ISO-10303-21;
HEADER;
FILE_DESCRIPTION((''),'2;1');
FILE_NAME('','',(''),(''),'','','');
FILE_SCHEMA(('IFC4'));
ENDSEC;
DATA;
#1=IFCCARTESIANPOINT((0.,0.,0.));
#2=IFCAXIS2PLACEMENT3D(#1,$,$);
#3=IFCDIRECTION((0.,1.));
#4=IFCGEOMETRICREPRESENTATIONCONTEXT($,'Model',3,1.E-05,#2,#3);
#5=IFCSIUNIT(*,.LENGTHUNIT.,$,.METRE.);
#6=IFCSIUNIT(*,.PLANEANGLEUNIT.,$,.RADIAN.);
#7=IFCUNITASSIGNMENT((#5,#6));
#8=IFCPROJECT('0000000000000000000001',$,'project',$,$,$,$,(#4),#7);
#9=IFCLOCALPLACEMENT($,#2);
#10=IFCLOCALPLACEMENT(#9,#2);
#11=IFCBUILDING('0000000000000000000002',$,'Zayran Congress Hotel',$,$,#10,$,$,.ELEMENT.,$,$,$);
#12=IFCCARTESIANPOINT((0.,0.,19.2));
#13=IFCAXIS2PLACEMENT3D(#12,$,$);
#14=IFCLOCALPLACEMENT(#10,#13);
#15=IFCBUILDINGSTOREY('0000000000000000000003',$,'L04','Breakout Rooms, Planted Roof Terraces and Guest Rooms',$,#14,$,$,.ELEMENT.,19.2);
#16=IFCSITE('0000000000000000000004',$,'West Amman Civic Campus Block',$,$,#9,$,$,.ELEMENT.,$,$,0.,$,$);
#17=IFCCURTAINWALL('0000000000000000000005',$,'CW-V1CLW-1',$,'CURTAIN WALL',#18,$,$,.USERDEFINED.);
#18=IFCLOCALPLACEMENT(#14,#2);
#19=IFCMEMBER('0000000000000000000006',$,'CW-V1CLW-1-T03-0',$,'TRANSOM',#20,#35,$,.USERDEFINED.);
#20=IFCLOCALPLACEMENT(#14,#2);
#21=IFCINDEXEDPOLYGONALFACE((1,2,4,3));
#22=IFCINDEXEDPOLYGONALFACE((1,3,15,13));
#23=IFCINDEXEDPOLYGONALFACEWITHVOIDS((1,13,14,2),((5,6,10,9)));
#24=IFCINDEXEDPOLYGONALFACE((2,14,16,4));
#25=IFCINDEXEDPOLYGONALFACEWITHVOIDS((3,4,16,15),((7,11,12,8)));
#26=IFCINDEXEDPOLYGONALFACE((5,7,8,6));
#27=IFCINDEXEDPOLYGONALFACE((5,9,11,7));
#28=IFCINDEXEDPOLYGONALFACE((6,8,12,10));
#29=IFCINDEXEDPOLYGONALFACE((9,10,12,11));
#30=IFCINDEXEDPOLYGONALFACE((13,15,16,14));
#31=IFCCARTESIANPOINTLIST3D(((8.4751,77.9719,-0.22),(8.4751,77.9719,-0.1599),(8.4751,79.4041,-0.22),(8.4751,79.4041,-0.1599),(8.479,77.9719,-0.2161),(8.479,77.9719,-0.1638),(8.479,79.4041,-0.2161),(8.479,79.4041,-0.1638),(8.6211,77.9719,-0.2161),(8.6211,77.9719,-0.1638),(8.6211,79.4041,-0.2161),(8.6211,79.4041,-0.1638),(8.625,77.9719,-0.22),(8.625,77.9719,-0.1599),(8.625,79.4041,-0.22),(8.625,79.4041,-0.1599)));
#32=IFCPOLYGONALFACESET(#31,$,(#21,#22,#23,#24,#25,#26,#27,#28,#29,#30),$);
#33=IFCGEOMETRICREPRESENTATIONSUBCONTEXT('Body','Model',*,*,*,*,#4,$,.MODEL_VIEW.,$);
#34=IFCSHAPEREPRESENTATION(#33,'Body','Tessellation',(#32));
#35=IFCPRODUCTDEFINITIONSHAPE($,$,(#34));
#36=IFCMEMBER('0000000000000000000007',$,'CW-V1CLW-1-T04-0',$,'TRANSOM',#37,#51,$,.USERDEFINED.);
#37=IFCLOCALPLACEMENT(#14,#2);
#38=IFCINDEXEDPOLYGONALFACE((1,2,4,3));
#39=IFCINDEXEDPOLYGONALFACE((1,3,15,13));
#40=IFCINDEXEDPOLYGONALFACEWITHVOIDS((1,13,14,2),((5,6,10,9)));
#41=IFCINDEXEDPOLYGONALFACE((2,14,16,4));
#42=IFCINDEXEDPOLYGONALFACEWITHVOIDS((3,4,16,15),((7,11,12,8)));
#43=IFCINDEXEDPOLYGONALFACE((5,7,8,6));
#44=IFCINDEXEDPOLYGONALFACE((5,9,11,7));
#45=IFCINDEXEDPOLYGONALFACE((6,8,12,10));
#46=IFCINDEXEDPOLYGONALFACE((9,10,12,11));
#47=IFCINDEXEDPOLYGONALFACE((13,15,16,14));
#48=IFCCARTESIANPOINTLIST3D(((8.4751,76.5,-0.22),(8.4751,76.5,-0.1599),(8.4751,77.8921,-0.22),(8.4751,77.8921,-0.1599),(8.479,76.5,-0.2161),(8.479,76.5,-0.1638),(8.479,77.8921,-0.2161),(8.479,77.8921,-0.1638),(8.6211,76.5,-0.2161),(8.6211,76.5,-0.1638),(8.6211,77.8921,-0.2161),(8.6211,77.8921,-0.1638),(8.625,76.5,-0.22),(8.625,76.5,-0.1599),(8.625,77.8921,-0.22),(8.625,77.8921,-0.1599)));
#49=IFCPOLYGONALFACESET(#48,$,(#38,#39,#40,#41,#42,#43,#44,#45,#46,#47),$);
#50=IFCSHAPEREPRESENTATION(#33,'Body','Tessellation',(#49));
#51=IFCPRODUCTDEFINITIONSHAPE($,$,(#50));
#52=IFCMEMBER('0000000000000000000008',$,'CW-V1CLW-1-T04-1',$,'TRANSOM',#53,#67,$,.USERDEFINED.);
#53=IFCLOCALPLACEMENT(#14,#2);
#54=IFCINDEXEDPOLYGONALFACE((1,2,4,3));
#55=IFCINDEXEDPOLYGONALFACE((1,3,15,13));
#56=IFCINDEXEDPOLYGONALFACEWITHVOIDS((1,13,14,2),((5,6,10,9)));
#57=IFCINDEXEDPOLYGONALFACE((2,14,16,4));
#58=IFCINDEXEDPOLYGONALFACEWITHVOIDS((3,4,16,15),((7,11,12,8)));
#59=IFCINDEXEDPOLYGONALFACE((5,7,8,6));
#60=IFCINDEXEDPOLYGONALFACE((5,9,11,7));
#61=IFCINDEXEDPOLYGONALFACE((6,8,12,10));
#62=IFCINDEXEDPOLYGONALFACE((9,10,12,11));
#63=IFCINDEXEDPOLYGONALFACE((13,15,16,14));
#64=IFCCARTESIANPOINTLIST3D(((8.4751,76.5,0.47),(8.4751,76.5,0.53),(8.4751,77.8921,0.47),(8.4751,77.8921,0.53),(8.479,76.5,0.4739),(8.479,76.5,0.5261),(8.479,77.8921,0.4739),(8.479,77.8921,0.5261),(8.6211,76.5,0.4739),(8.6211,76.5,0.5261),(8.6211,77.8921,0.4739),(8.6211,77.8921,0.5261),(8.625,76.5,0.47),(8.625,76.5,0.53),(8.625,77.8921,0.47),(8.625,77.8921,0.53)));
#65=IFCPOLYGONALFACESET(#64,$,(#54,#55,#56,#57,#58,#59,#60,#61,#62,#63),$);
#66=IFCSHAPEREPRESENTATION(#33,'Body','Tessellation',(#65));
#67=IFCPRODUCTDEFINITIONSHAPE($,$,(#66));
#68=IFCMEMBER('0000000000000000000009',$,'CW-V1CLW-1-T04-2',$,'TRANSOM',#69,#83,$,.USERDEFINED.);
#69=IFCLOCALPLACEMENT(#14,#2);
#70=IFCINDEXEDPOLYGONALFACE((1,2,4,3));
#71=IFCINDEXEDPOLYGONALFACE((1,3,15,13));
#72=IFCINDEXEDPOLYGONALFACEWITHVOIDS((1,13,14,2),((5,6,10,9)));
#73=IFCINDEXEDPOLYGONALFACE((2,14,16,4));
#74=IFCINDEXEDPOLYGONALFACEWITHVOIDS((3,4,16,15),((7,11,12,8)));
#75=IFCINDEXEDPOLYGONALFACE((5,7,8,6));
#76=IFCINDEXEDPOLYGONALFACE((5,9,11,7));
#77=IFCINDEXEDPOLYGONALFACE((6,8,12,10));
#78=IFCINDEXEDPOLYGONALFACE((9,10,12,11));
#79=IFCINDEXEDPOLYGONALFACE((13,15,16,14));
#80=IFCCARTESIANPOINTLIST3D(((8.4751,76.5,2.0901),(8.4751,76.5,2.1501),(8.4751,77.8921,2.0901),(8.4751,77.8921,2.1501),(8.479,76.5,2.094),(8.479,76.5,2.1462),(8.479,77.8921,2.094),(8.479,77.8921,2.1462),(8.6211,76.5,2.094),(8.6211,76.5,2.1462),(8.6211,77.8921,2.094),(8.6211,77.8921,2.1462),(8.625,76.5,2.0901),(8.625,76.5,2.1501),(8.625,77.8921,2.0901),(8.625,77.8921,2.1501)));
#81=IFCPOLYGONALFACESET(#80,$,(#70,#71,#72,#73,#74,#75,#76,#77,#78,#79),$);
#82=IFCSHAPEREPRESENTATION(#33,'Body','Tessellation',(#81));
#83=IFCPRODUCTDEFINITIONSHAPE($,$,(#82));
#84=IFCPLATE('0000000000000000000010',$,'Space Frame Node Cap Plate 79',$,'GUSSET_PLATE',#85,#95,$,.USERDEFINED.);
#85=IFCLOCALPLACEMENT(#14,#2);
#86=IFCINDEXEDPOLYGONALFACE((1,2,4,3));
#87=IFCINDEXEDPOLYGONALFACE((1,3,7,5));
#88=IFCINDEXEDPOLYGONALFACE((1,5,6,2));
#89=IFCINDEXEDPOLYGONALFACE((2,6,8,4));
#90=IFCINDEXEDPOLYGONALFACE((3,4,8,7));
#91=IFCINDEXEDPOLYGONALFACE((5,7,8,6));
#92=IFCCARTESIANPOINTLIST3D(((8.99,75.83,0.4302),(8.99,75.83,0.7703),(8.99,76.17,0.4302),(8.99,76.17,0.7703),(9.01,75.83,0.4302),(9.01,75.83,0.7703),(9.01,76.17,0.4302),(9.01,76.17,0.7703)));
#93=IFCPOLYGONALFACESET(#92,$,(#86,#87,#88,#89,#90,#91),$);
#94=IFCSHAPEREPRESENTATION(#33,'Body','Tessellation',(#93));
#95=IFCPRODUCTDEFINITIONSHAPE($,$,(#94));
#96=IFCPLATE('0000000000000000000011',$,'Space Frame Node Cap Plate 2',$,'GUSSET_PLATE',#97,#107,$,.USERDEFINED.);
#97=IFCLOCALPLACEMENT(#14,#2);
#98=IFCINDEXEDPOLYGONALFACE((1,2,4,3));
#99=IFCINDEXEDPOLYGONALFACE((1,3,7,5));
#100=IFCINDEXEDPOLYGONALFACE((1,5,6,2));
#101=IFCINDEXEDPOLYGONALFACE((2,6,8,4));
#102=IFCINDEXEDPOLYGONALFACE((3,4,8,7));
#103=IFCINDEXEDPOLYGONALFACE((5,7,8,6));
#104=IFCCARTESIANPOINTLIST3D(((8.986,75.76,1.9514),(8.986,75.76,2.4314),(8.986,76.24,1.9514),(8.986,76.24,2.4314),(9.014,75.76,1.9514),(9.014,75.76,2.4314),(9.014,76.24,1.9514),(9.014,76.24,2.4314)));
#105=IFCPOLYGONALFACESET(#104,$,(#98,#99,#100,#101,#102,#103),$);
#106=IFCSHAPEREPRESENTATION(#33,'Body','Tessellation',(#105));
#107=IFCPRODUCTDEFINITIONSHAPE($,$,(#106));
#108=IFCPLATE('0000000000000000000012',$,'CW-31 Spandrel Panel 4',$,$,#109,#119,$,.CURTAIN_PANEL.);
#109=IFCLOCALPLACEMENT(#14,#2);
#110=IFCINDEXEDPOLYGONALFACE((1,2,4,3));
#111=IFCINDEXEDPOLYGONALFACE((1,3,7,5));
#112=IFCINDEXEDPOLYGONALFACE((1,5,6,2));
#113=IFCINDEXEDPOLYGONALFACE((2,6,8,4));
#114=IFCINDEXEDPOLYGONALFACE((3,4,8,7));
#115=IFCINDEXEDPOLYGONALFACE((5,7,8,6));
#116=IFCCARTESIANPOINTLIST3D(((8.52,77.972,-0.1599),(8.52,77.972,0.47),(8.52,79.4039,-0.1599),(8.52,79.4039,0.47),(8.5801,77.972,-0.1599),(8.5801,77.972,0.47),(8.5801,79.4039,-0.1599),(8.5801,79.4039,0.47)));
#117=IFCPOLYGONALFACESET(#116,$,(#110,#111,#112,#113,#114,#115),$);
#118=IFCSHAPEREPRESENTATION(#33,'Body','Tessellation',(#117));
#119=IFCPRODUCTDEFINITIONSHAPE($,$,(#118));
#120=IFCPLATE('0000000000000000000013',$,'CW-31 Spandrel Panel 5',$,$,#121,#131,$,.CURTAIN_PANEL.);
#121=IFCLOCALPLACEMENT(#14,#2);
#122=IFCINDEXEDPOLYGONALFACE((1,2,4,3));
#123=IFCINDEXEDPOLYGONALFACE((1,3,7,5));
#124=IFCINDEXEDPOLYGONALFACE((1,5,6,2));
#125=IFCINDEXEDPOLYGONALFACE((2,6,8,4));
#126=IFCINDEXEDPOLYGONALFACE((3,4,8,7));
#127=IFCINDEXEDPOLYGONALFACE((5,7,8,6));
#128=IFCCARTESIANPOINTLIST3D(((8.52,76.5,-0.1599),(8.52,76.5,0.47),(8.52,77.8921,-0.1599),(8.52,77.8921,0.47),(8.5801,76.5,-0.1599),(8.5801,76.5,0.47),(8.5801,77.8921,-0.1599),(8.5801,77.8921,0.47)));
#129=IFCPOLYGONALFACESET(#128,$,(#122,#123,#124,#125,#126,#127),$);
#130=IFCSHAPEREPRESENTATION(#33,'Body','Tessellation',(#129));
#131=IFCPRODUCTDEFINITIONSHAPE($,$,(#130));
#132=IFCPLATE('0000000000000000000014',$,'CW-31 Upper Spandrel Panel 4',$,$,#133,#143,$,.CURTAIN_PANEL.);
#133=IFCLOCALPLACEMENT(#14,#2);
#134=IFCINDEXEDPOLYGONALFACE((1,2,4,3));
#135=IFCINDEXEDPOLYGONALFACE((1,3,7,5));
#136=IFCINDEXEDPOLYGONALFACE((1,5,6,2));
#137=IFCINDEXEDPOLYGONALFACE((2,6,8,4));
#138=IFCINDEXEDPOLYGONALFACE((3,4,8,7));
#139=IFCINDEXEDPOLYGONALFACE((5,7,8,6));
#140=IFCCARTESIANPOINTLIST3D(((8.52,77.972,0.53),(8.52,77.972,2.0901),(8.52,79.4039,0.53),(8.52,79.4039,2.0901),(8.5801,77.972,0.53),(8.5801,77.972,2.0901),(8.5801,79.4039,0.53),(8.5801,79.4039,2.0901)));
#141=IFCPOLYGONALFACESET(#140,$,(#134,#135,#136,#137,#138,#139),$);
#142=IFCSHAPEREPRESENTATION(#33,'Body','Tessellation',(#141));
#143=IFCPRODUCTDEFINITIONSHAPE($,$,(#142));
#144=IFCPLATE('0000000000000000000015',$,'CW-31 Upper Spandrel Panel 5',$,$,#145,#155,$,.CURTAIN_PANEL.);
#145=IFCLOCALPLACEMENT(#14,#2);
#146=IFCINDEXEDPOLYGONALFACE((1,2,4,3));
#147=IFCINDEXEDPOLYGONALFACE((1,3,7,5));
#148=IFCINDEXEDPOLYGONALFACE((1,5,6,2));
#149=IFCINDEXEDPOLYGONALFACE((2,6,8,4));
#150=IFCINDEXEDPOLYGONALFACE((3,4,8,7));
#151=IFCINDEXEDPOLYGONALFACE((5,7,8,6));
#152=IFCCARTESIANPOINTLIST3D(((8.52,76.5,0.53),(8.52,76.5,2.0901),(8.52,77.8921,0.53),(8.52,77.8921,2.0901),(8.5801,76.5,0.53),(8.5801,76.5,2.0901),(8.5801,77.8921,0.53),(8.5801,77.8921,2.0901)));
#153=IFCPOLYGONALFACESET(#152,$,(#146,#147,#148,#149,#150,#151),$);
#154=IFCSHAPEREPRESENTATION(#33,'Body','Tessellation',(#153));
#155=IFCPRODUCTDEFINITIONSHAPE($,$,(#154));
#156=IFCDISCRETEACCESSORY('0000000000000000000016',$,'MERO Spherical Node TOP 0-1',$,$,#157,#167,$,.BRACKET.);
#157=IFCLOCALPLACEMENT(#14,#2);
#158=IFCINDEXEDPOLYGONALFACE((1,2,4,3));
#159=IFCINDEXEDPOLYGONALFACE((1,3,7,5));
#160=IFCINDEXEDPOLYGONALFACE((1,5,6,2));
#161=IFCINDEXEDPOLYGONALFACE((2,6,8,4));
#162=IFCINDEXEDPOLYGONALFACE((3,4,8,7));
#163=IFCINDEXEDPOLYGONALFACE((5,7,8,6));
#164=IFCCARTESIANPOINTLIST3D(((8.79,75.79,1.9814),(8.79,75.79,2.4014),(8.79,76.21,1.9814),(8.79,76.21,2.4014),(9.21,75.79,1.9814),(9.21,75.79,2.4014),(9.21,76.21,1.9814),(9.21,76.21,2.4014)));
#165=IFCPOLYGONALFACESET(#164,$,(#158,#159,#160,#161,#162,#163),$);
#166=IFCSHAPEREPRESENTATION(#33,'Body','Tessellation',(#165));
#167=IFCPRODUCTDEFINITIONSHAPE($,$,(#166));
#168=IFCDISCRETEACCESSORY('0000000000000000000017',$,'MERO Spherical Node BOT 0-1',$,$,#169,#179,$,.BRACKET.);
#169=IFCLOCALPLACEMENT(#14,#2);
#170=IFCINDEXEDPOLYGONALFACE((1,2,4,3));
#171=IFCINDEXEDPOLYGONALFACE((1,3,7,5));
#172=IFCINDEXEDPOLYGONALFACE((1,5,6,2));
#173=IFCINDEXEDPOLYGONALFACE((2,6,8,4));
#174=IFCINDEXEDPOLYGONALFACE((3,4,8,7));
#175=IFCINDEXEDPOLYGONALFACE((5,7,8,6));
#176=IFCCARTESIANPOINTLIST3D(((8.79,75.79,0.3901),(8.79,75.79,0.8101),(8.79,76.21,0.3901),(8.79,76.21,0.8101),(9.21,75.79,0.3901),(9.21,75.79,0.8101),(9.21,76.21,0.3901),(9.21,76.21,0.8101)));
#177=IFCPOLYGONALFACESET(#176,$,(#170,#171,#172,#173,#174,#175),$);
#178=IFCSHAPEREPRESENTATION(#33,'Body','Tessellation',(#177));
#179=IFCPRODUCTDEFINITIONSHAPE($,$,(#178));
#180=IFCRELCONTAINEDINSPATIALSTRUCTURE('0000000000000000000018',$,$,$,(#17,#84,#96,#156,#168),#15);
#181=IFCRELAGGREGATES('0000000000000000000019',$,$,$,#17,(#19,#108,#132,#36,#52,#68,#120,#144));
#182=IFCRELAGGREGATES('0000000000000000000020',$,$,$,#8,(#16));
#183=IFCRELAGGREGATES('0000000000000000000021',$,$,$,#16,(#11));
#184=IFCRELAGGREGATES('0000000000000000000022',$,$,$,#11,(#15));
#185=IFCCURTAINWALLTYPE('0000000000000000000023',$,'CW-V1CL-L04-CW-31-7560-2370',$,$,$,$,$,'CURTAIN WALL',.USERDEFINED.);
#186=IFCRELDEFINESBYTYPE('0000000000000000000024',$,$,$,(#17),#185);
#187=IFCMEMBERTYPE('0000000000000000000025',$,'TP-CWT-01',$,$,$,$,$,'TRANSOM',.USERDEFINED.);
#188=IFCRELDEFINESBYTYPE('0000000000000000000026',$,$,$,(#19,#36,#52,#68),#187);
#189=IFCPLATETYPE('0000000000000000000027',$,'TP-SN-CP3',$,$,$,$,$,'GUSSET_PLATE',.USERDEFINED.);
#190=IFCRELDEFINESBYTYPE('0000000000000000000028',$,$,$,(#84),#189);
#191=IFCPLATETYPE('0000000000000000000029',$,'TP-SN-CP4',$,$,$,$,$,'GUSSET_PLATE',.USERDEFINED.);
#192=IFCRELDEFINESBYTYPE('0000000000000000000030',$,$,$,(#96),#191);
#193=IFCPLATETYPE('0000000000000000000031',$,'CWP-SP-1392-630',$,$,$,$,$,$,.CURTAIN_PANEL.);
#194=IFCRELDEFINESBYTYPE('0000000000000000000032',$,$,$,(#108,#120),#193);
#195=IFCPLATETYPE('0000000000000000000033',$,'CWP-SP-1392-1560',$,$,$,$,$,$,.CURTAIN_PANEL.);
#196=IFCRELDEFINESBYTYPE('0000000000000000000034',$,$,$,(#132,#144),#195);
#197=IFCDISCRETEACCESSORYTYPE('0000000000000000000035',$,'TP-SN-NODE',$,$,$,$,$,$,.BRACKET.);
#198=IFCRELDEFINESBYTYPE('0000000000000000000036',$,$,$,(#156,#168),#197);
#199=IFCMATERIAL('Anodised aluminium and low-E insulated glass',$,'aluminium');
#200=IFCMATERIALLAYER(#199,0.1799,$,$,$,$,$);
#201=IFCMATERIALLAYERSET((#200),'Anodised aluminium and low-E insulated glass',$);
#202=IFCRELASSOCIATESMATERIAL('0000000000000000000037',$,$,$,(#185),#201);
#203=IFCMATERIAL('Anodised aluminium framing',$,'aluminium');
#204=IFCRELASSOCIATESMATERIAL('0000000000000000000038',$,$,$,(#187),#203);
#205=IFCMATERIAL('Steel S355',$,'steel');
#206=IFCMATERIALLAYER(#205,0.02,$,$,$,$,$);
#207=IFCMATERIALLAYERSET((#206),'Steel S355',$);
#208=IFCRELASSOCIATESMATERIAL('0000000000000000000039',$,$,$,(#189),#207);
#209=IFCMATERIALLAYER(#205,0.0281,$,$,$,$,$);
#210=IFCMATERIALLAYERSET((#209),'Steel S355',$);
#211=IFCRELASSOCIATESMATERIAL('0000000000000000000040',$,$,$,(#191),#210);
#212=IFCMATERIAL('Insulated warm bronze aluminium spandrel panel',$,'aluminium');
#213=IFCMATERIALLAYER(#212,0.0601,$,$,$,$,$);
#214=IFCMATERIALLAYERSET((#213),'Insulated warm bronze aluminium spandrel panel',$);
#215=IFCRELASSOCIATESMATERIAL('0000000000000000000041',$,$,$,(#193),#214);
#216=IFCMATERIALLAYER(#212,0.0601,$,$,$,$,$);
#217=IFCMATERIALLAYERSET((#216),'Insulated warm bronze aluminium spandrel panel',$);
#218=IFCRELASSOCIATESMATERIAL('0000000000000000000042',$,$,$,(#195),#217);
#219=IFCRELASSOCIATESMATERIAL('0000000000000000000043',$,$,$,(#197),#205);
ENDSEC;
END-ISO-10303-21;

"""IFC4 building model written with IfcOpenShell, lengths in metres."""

from ifc_helpers import new_model, si_unit, direction, frame, origin, origin_2d, place, context, subcontext, project, spatial, rectangle, hollow_rectangle, extrude, material, layer, layer_set, material_profile, profile_set, type_object, element, aggregate, save


model = new_model("IFC4")

# Units and contexts
model_context = context("Model", 3, precision=1e-05, world=origin(), true_north=direction((0.0, 1.0)))
body_context = subcontext(model_context, "Body", "Model", "MODEL_VIEW")
ifc_project = project(units=[si_unit("LENGTHUNIT", "METRE"), si_unit("PLANEANGLEUNIT", "RADIAN")], contexts=[model_context])

# Site, building, storey
site_placement = place(None, origin())
site = spatial("IfcSite", under=ifc_project, at=site_placement, Name="West Amman Civic Campus Block", CompositionType="ELEMENT", RefElevation=0.0)
building_placement = place(site_placement, origin())
building = spatial("IfcBuilding", under=site, at=building_placement, Name="Zayran Congress Hotel", CompositionType="ELEMENT")
storey_placement = place(building_placement, frame((0.0, 0.0, 19.2)))
storey = spatial("IfcBuildingStorey", under=building, at=storey_placement, Name="L04", Description="Breakout Rooms, Planted Roof Terraces and Guest Rooms", CompositionType="ELEMENT", Elevation=19.2)

# Shared definitions
ifc_material_1 = material(Name="Steel S355", Category="steel")

# Curtain wall, members
ifc_material_2 = material(Name="Anodised aluminium and low-E insulated glass", Category="aluminium")
ifc_layer_1 = layer(ifc_material_2, 0.1799)
ifc_layer_set_1 = layer_set([ifc_layer_1], Name="Anodised aluminium and low-E insulated glass")
curtain_wall_type = type_object("IfcCurtainWallType", Name="CW-V1CL-L04-CW-31-7560-2370", ElementType="CURTAIN WALL", PredefinedType="USERDEFINED", material=ifc_layer_set_1)
curtain_wall_placement = place(storey_placement, origin())
curtain_wall = element("IfcCurtainWall", 1, at=curtain_wall_placement, inside=storey, type_object=curtain_wall_type, Name="CW-V1CLW-1", ObjectType="CURTAIN WALL", PredefinedType="USERDEFINED")
ifc_material_3 = material(Name="Anodised aluminium framing", Category="aluminium")
ifc_material_profile_1 = material_profile(ifc_material_3, hollow_rectangle(XDim=0.0601, YDim=0.1499, WallThickness=0.0039, at=origin_2d()), Name="RHS 150x60x4")
ifc_profile_set_1 = profile_set([ifc_material_profile_1], Name="Anodised aluminium framing")
member_type_1 = type_object("IfcMemberType", Name="TP-CWT-01", ElementType="TRANSOM", PredefinedType="USERDEFINED", material=ifc_profile_set_1)
member_1_placement = place(storey_placement, frame((8.55, 79.4041, -0.1899), z_axis=(0.0, -1.0, 0.0), x_axis=(0.0, 0.0, 1.0)))
member_1 = element("IfcMember", 2, at=member_1_placement, type_object=member_type_1, Name="CW-V1CLW-1-T03-0", ObjectType="TRANSOM", PredefinedType="USERDEFINED", context=body_context, shape_type="SweptSolid", body=[
    extrude(hollow_rectangle(XDim=0.0601, YDim=0.1499, WallThickness=0.0039, at=origin_2d()), origin(), (0.0, 0.0, 1.0), 1.4321),
])
member_2_placement = place(storey_placement, frame((8.55, 77.8921, -0.1899), z_axis=(0.0, -1.0, 0.0), x_axis=(0.0, 0.0, 1.0)))
member_2 = element("IfcMember", 3, at=member_2_placement, type_object=member_type_1, Name="CW-V1CLW-1-T04-0", ObjectType="TRANSOM", PredefinedType="USERDEFINED", context=body_context, shape_type="SweptSolid", body=[
    extrude(hollow_rectangle(XDim=0.0601, YDim=0.1499, WallThickness=0.0039, at=origin_2d()), origin(), (0.0, 0.0, 1.0), 1.3921),
])
member_3_placement = place(storey_placement, frame((8.55, 77.8921, 0.5), z_axis=(0.0, -1.0, 0.0), x_axis=(0.0, 0.0, 1.0)))
member_3 = element("IfcMember", 4, at=member_3_placement, type_object=member_type_1, Name="CW-V1CLW-1-T04-1", ObjectType="TRANSOM", PredefinedType="USERDEFINED", context=body_context, shape_type="SweptSolid", body=[
    extrude(hollow_rectangle(XDim=0.0601, YDim=0.1499, WallThickness=0.0039, at=origin_2d()), origin(), (0.0, 0.0, 1.0), 1.3921),
])
member_4_placement = place(storey_placement, frame((8.55, 77.8921, 2.1201), z_axis=(0.0, -1.0, 0.0), x_axis=(0.0, 0.0, 1.0)))
member_4 = element("IfcMember", 5, at=member_4_placement, type_object=member_type_1, Name="CW-V1CLW-1-T04-2", ObjectType="TRANSOM", PredefinedType="USERDEFINED", context=body_context, shape_type="SweptSolid", body=[
    extrude(hollow_rectangle(XDim=0.0601, YDim=0.1499, WallThickness=0.0039, at=origin_2d()), origin(), (0.0, 0.0, 1.0), 1.3921),
])

# Plates
ifc_layer_2 = layer(ifc_material_1, 0.02)
ifc_layer_set_2 = layer_set([ifc_layer_2], Name="Steel S355")
plate_type_1 = type_object("IfcPlateType", Name="TP-SN-CP3", ElementType="GUSSET_PLATE", PredefinedType="USERDEFINED", material=ifc_layer_set_2)
plate_1_placement = place(storey_placement, frame((9.0, 76.0, 0.4302), z_axis=(0.0, 0.0, 1.0), x_axis=(0.0, 1.0, 0.0)))
element("IfcPlate", 6, at=plate_1_placement, inside=storey, type_object=plate_type_1, Name="Space Frame Node Cap Plate 79", ObjectType="GUSSET_PLATE", PredefinedType="USERDEFINED", context=body_context, shape_type="SweptSolid", body=[
    extrude(rectangle(XDim=0.3401, YDim=0.02, at=origin_2d()), origin(), (0.0, 0.0, 1.0), 0.3401),
])
ifc_layer_3 = layer(ifc_material_1, 0.0281)
ifc_layer_set_3 = layer_set([ifc_layer_3], Name="Steel S355")
plate_type_2 = type_object("IfcPlateType", Name="TP-SN-CP4", ElementType="GUSSET_PLATE", PredefinedType="USERDEFINED", material=ifc_layer_set_3)
plate_2_placement = place(storey_placement, frame((9.0, 76.0, 1.9514), z_axis=(0.0, 0.0, 1.0), x_axis=(0.0, 1.0, 0.0)))
element("IfcPlate", 7, at=plate_2_placement, inside=storey, type_object=plate_type_2, Name="Space Frame Node Cap Plate 2", ObjectType="GUSSET_PLATE", PredefinedType="USERDEFINED", context=body_context, shape_type="SweptSolid", body=[
    extrude(rectangle(XDim=0.48, YDim=0.0281, at=origin_2d()), origin(), (0.0, 0.0, 1.0), 0.48),
])

# Plates
ifc_material_4 = material(Name="Insulated warm bronze aluminium spandrel panel", Category="aluminium")
ifc_layer_4 = layer(ifc_material_4, 0.0601)
ifc_layer_set_4 = layer_set([ifc_layer_4], Name="Insulated warm bronze aluminium spandrel panel")
plate_type_3 = type_object("IfcPlateType", Name="CWP-SP-1392-630", PredefinedType="CURTAIN_PANEL", material=ifc_layer_set_4)
plate_3_placement = place(storey_placement, frame((8.55, 78.688, -0.1599), z_axis=(0.0, 0.0, 1.0), x_axis=(0.0, 1.0, 0.0)))
plate_3 = element("IfcPlate", 8, at=plate_3_placement, type_object=plate_type_3, Name="CW-31 Spandrel Panel 4", PredefinedType="CURTAIN_PANEL", context=body_context, shape_type="SweptSolid", body=[
    extrude(rectangle(XDim=1.4319, YDim=0.0601, at=origin_2d()), origin(), (0.0, 0.0, 1.0), 0.6299),
])
plate_4_placement = place(storey_placement, frame((8.55, 77.196, -0.1599), z_axis=(0.0, 0.0, 1.0), x_axis=(0.0, 1.0, 0.0)))
plate_4 = element("IfcPlate", 9, at=plate_4_placement, type_object=plate_type_3, Name="CW-31 Spandrel Panel 5", PredefinedType="CURTAIN_PANEL", context=body_context, shape_type="SweptSolid", body=[
    extrude(rectangle(XDim=1.3921, YDim=0.0601, at=origin_2d()), origin(), (0.0, 0.0, 1.0), 0.6299),
])
ifc_layer_5 = layer(ifc_material_4, 0.0601)
ifc_layer_set_5 = layer_set([ifc_layer_5], Name="Insulated warm bronze aluminium spandrel panel")
plate_type_4 = type_object("IfcPlateType", Name="CWP-SP-1392-1560", PredefinedType="CURTAIN_PANEL", material=ifc_layer_set_5)
plate_5_placement = place(storey_placement, frame((8.55, 78.688, 0.53), z_axis=(0.0, 0.0, 1.0), x_axis=(0.0, 1.0, 0.0)))
plate_5 = element("IfcPlate", 10, at=plate_5_placement, type_object=plate_type_4, Name="CW-31 Upper Spandrel Panel 4", PredefinedType="CURTAIN_PANEL", context=body_context, shape_type="SweptSolid", body=[
    extrude(rectangle(XDim=1.4319, YDim=0.0601, at=origin_2d()), origin(), (0.0, 0.0, 1.0), 1.5601),
])
plate_6_placement = place(storey_placement, frame((8.55, 77.196, 0.53), z_axis=(0.0, 0.0, 1.0), x_axis=(0.0, 1.0, 0.0)))
plate_6 = element("IfcPlate", 11, at=plate_6_placement, type_object=plate_type_4, Name="CW-31 Upper Spandrel Panel 5", PredefinedType="CURTAIN_PANEL", context=body_context, shape_type="SweptSolid", body=[
    extrude(rectangle(XDim=1.3921, YDim=0.0601, at=origin_2d()), origin(), (0.0, 0.0, 1.0), 1.5601),
])
aggregate(curtain_wall, [member_1, plate_3, plate_5, member_2, member_3, member_4, plate_4, plate_6])

# Discrete accessories
discrete_accessory_type = type_object("IfcDiscreteAccessoryType", Name="TP-SN-NODE", PredefinedType="BRACKET", material=ifc_material_1)
for number, where, z_axis, x_axis, name in (
    (12, (9.0, 76.0, 1.9814), (0.0, 0.0, 1.0), (1.0, 0.0, 0.0), "MERO Spherical Node TOP 0-1"),
    (13, (9.0, 76.0, 0.3901), (0.0, 0.0, 1.0), (1.0, 0.0, 0.0), "MERO Spherical Node BOT 0-1"),
):
    element("IfcDiscreteAccessory", number, at=place(storey_placement, frame(where, z_axis=z_axis, x_axis=x_axis)), inside=storey, type_object=discrete_accessory_type, Name=name, PredefinedType="BRACKET", context=body_context, shape_type="SweptSolid", body=[
        extrude(rectangle(XDim=0.4199, YDim=0.4199, at=origin_2d()), origin(), (0.0, 0.0, 1.0), 0.4199),
    ])

save(model, "model.ifc")
